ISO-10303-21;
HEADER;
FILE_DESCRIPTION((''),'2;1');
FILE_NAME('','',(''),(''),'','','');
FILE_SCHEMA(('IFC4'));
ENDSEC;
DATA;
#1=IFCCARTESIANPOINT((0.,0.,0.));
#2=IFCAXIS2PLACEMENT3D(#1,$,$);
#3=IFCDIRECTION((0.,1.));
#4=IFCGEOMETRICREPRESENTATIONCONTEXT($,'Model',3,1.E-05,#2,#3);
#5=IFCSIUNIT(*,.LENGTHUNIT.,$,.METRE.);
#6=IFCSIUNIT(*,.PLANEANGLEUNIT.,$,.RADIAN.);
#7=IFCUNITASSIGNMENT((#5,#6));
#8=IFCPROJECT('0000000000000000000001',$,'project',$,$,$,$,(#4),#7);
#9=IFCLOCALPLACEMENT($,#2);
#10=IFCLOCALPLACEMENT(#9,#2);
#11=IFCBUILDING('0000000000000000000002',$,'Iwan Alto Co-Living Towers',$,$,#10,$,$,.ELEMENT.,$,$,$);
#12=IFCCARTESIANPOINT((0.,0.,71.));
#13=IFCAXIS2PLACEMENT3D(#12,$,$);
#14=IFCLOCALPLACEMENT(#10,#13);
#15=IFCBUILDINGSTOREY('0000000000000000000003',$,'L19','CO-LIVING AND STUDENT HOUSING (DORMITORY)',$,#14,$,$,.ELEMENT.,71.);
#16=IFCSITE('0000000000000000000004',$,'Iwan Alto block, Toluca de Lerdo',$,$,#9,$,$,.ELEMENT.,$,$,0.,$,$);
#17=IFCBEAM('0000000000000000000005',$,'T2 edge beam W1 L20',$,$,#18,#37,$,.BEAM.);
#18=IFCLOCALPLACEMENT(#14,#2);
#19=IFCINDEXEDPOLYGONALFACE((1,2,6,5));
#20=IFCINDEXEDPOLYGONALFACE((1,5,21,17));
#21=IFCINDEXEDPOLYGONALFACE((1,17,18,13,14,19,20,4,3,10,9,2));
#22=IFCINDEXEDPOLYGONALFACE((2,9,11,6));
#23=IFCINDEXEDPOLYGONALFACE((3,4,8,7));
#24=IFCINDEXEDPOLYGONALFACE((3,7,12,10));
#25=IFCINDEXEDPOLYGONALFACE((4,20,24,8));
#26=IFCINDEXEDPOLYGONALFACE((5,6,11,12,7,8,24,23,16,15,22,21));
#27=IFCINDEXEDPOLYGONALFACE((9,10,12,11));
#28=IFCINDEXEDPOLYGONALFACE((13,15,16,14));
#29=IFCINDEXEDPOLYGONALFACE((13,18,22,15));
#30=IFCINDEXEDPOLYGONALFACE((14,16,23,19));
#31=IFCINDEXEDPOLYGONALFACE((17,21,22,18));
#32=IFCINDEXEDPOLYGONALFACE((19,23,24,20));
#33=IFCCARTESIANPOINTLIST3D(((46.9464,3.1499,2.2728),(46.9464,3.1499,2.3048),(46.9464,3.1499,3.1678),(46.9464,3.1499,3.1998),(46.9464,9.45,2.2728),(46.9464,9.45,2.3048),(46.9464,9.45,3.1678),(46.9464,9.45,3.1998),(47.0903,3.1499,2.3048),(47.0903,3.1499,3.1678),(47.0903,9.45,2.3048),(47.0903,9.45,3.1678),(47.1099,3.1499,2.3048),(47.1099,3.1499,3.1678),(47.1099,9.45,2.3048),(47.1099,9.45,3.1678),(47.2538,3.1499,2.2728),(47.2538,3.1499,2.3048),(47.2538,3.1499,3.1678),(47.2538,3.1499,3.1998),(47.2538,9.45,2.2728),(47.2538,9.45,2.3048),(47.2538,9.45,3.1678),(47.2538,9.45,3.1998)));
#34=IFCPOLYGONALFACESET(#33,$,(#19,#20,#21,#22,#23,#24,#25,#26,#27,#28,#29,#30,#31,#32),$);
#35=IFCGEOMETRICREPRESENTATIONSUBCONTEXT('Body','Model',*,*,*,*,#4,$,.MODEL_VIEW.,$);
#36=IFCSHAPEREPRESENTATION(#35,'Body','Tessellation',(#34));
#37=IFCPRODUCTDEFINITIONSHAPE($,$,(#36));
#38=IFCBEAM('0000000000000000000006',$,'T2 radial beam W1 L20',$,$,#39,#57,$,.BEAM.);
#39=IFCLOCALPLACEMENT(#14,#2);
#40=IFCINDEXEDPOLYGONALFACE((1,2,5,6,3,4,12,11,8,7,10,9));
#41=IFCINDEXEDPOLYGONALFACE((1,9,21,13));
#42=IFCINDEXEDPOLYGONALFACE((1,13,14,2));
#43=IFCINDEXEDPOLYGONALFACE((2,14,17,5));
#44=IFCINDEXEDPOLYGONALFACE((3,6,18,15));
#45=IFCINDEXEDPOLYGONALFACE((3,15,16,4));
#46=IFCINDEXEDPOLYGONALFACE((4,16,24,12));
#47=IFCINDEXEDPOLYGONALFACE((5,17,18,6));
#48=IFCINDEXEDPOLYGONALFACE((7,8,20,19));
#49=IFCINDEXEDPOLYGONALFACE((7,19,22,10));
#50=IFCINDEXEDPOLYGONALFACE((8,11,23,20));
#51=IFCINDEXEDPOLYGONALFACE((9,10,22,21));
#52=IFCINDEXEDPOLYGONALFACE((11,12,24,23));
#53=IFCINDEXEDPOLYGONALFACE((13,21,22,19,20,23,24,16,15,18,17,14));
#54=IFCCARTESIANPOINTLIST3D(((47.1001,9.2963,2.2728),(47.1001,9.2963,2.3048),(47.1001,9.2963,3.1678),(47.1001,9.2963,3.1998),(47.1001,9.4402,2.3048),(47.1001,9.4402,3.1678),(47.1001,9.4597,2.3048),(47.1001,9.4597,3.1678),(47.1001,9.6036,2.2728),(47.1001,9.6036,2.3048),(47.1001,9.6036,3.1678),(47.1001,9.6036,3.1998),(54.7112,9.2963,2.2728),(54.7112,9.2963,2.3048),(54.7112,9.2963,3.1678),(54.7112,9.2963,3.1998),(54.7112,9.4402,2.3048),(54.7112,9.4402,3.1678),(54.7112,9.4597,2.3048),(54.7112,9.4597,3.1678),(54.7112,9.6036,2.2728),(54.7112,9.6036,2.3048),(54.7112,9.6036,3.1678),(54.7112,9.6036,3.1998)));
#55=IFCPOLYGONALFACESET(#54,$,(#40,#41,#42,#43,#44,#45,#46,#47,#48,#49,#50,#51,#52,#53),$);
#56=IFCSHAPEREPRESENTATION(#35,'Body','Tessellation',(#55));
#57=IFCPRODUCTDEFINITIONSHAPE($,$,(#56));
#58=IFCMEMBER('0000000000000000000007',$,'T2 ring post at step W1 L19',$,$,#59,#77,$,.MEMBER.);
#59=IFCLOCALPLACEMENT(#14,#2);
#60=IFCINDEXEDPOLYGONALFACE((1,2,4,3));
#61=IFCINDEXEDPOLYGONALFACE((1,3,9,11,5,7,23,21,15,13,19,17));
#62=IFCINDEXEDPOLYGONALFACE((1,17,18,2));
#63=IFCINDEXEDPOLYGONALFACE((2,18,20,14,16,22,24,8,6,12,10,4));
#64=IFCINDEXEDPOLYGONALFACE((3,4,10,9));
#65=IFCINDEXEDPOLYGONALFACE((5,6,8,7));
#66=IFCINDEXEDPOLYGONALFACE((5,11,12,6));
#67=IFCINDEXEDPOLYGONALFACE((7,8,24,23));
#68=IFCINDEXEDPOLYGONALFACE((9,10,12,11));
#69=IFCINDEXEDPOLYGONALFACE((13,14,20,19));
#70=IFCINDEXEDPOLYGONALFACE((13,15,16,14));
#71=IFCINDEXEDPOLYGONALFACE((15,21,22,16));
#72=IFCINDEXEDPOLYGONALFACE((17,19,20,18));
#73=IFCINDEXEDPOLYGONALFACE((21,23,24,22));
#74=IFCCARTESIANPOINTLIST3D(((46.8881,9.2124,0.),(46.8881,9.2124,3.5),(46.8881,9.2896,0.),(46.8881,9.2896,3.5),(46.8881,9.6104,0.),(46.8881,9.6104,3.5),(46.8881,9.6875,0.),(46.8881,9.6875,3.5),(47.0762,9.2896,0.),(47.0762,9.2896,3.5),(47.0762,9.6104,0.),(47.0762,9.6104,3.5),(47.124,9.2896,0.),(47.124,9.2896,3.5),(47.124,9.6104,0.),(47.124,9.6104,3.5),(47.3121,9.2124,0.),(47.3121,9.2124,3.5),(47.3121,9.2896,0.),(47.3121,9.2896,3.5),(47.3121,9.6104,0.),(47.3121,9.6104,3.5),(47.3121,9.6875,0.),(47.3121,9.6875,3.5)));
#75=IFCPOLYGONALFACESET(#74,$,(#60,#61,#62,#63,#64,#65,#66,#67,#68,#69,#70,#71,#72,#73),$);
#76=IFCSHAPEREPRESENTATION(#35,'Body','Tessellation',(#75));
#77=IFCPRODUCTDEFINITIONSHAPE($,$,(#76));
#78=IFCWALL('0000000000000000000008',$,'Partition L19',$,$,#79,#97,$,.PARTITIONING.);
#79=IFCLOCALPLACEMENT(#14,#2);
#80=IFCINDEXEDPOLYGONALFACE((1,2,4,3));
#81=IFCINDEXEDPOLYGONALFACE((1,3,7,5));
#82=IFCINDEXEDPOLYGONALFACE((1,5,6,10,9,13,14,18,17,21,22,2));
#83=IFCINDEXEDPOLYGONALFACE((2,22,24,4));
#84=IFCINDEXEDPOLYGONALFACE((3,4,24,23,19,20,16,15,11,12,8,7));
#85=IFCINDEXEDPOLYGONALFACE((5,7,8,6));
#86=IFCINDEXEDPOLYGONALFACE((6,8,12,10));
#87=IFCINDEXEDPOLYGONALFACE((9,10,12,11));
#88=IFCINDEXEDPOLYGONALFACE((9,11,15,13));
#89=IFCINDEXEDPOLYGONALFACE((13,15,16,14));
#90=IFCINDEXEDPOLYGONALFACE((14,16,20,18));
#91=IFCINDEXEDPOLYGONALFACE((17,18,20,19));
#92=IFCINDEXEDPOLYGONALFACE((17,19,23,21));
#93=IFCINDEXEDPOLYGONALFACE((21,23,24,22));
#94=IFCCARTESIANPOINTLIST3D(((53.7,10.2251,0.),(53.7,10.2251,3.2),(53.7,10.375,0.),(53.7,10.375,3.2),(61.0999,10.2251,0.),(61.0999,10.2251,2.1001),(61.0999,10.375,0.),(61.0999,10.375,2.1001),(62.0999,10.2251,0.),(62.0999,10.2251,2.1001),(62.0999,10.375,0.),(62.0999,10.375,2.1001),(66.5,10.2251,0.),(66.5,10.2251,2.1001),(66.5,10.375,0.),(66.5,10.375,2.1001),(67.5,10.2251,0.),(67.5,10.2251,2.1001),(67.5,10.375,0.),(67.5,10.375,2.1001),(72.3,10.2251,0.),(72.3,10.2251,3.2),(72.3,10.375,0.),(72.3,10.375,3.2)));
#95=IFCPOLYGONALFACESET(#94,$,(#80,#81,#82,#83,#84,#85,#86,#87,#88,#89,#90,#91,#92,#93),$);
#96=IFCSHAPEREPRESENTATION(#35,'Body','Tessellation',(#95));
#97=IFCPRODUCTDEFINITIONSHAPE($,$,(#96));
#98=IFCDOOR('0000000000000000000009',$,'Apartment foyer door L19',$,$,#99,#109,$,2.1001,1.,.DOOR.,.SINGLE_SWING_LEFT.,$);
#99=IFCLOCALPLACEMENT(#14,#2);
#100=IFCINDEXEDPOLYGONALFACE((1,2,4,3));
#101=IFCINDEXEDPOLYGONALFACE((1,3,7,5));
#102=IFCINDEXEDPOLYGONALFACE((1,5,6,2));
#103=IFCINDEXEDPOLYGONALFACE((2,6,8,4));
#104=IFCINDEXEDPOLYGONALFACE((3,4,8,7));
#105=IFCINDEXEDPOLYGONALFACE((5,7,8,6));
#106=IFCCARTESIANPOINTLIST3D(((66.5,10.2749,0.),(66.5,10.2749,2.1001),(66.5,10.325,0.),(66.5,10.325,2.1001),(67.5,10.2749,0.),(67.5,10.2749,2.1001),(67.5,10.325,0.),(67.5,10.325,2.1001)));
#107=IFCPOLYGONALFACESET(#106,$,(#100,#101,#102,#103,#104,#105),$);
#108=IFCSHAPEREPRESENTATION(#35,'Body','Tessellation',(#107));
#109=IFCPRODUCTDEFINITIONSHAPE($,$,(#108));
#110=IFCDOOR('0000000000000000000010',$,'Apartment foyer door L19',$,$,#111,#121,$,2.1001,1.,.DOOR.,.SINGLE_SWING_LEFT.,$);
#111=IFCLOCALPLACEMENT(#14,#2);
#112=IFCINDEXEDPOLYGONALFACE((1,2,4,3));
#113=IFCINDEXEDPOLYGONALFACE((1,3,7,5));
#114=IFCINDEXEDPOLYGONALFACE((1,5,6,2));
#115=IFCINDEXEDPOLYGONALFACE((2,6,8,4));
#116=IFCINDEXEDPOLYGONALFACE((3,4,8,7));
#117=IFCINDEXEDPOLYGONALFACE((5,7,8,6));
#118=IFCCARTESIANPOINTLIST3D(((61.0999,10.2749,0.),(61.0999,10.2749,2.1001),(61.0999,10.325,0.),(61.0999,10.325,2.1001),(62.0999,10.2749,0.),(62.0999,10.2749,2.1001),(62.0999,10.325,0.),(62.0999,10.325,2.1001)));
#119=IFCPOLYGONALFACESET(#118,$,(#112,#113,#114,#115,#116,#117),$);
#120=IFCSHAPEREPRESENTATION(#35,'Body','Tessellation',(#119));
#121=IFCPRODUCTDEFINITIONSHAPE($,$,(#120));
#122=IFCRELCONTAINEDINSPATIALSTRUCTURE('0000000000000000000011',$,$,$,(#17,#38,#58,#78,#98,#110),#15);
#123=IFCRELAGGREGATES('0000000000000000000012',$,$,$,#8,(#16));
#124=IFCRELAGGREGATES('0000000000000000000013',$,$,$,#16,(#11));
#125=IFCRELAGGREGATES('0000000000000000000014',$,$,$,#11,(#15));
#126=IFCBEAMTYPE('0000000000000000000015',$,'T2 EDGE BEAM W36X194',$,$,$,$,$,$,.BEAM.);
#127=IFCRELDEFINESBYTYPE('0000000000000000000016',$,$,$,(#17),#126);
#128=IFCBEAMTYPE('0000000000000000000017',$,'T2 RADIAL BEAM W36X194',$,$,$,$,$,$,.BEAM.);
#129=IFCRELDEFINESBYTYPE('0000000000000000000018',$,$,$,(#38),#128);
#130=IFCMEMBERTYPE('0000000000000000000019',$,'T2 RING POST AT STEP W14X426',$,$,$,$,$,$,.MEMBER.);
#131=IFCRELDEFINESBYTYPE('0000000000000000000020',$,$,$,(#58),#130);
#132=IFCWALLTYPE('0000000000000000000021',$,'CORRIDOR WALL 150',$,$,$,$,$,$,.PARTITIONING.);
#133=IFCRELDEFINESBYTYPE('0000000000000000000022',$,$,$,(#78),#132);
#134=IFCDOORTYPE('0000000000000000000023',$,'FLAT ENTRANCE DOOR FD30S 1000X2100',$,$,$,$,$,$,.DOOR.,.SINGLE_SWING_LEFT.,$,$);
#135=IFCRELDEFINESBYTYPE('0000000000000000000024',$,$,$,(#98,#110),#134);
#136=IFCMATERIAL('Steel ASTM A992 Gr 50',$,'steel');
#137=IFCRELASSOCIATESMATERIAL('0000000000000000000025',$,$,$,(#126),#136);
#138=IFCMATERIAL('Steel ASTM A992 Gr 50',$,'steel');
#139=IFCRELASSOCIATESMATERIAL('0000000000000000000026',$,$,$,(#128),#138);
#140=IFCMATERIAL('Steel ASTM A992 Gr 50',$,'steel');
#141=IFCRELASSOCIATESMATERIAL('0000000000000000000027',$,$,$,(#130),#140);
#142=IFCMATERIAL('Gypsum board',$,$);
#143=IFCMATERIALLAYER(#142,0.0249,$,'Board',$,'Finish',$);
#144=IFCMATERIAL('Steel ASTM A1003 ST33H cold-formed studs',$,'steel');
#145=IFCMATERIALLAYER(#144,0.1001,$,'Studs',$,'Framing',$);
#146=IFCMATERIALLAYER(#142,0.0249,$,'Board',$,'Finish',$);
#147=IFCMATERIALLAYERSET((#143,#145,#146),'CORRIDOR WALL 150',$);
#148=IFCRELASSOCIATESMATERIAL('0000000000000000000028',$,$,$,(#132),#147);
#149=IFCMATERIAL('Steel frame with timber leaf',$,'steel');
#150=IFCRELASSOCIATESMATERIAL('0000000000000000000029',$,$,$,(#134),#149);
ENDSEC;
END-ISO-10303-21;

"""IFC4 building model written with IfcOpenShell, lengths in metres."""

from ifc_helpers import new_model, si_unit, direction, frame, frame_2d, origin, origin_2d, place, context, subcontext, project, spatial, rectangle, i_section, extrude, material, layer, layer_set, material_profile, profile_set, type_object, element, fill, save


model = new_model("IFC4")

# Units and contexts
model_context = context("Model", 3, precision=1e-05, world=origin(), true_north=direction((0.0, 1.0)))
body_context = subcontext(model_context, "Body", "Model", "MODEL_VIEW")
ifc_project = project(units=[si_unit("LENGTHUNIT", "METRE"), si_unit("PLANEANGLEUNIT", "RADIAN")], contexts=[model_context])

# Site, building, storey
site_placement = place(None, origin())
site = spatial("IfcSite", under=ifc_project, at=site_placement, Name="Iwan Alto block, Toluca de Lerdo", CompositionType="ELEMENT", RefElevation=0.0)
building_placement = place(site_placement, origin())
building = spatial("IfcBuilding", under=site, at=building_placement, Name="Iwan Alto Co-Living Towers", CompositionType="ELEMENT")
storey_placement = place(building_placement, frame((0.0, 0.0, 71.0)))
storey = spatial("IfcBuildingStorey", under=building, at=storey_placement, Name="L19", Description="CO-LIVING AND STUDENT HOUSING (DORMITORY)", CompositionType="ELEMENT", Elevation=71.0)

# Beams
ifc_material_1 = material(Name="Steel ASTM A992 Gr 50", Category="steel")
ifc_material_profile_1 = material_profile(ifc_material_1, i_section(OverallWidth=0.3074, OverallDepth=0.927, WebThickness=0.0195, FlangeThickness=0.032, at=origin_2d()), Name="W36X194")
ifc_profile_set_1 = profile_set([ifc_material_profile_1], Name="Steel ASTM A992 Gr 50")
beam_type_1 = type_object("IfcBeamType", Name="T2 EDGE BEAM W36X194", PredefinedType="BEAM", material=ifc_profile_set_1)
beam_1_placement = place(storey_placement, frame((47.1001, 9.45, 2.7363), z_axis=(0.0, -1.0, 0.0), x_axis=(1.0, 0.0, 0.0)))
element("IfcBeam", 1, at=beam_1_placement, inside=storey, type_object=beam_type_1, Name="T2 edge beam W1 L20", PredefinedType="BEAM", context=body_context, shape_type="SweptSolid", body=[
    extrude(i_section(OverallWidth=0.3074, OverallDepth=0.927, WebThickness=0.0195, FlangeThickness=0.032, at=origin_2d()), origin(), (0.0, 0.0, 1.0), 6.3),
])
ifc_material_2 = material(Name="Steel ASTM A992 Gr 50", Category="steel")
ifc_material_profile_2 = material_profile(ifc_material_2, i_section(OverallWidth=0.3074, OverallDepth=0.927, WebThickness=0.0195, FlangeThickness=0.032, at=origin_2d()), Name="W36X194")
ifc_profile_set_2 = profile_set([ifc_material_profile_2], Name="Steel ASTM A992 Gr 50")
beam_type_2 = type_object("IfcBeamType", Name="T2 RADIAL BEAM W36X194", PredefinedType="BEAM", material=ifc_profile_set_2)
beam_2_placement = place(storey_placement, frame((47.1001, 9.45, 2.7363), z_axis=(1.0, 0.0, 0.0), x_axis=(0.0, 1.0, 0.0)))
element("IfcBeam", 2, at=beam_2_placement, inside=storey, type_object=beam_type_2, Name="T2 radial beam W1 L20", PredefinedType="BEAM", context=body_context, shape_type="SweptSolid", body=[
    extrude(i_section(OverallWidth=0.3074, OverallDepth=0.927, WebThickness=0.0195, FlangeThickness=0.032, at=origin_2d()), origin(), (0.0, 0.0, 1.0), 7.6111),
])

# Member
ifc_material_3 = material(Name="Steel ASTM A992 Gr 50", Category="steel")
ifc_material_profile_3 = material_profile(ifc_material_3, i_section(OverallWidth=0.4241, OverallDepth=0.4751, WebThickness=0.0479, FlangeThickness=0.0771, at=origin_2d()), Name="W14X426")
ifc_profile_set_3 = profile_set([ifc_material_profile_3], Name="Steel ASTM A992 Gr 50")
member_type = type_object("IfcMemberType", Name="T2 RING POST AT STEP W14X426", PredefinedType="MEMBER", material=ifc_profile_set_3)
member_placement = place(storey_placement, frame((47.1001, 9.45, 0.0), z_axis=(0.0, 0.0, 1.0), x_axis=(1.0, 0.0, 0.0)))
element("IfcMember", 3, at=member_placement, inside=storey, type_object=member_type, Name="T2 ring post at step W1 L19", PredefinedType="MEMBER", context=body_context, shape_type="SweptSolid", body=[
    extrude(i_section(OverallWidth=0.4241, OverallDepth=0.4751, WebThickness=0.0479, FlangeThickness=0.0771, at=origin_2d()), origin(), (0.0, 0.0, 1.0), 3.5),
])

# Wall, openings, doors
ifc_material_4 = material(Name="Gypsum board")
ifc_layer_1 = layer(ifc_material_4, 0.0249, Name="Board", Category="Finish")
ifc_material_5 = material(Name="Steel ASTM A1003 ST33H cold-formed studs", Category="steel")
ifc_layer_2 = layer(ifc_material_5, 0.1001, Name="Studs", Category="Framing")
ifc_layer_3 = layer(ifc_material_4, 0.0249, Name="Board", Category="Finish")
ifc_layer_set_1 = layer_set([ifc_layer_1, ifc_layer_2, ifc_layer_3], Name="CORRIDOR WALL 150")
wall_type_1 = type_object("IfcWallType", Name="CORRIDOR WALL 150", PredefinedType="PARTITIONING", material=ifc_layer_set_1)
wall_1_placement = place(storey_placement, frame((53.7, 10.3, 0.0), z_axis=(0.0, 0.0, 1.0), x_axis=(1.0, 0.0, 0.0)))
wall_1 = element("IfcWall", 4, at=wall_1_placement, inside=storey, type_object=wall_type_1, Name="Partition L19", PredefinedType="PARTITIONING", context=body_context, shape_type="SweptSolid", body=[
    extrude(rectangle(XDim=18.6001, YDim=0.1499, at=frame_2d((9.3, 0.0))), origin(), (0.0, 0.0, 1.0), 3.2),
])
opening_1_placement = place(wall_1_placement, frame((12.8, 0.0, 0.0)))
opening_1 = element("IfcOpeningElement", 5, at=opening_1_placement, cuts=wall_1, PredefinedType="OPENING", context=body_context, shape_type="SweptSolid", body=[
    extrude(rectangle(XDim=1.0, YDim=2.1001, at=frame_2d((0.5, 1.05))), frame((0.0, 0.085, 0.0), z_axis=(0.0, -1.0, 0.0), x_axis=(1.0, 0.0, 0.0)), (0.0, 0.0, 1.0), 0.1699),
])
opening_2_placement = place(wall_1_placement, frame((7.3999, 0.0, 0.0)))
opening_2 = element("IfcOpeningElement", 6, at=opening_2_placement, cuts=wall_1, PredefinedType="OPENING", context=body_context, shape_type="SweptSolid", body=[
    extrude(rectangle(XDim=1.0, YDim=2.1001, at=frame_2d((0.5, 1.05))), frame((0.0, 0.085, 0.0), z_axis=(0.0, -1.0, 0.0), x_axis=(1.0, 0.0, 0.0)), (0.0, 0.0, 1.0), 0.1699),
])
ifc_material_6 = material(Name="Steel frame with timber leaf", Category="steel")
door_type_1 = type_object("IfcDoorType", Name="FLAT ENTRANCE DOOR FD30S 1000X2100", OperationType="SINGLE_SWING_LEFT", PredefinedType="DOOR", material=ifc_material_6)
door_1_placement = place(opening_1_placement, origin())
door_1 = element("IfcDoor", 7, at=door_1_placement, inside=storey, type_object=door_type_1, Name="Apartment foyer door L19", OperationType="SINGLE_SWING_LEFT", OverallHeight=2.1001, OverallWidth=1.0, PredefinedType="DOOR", context=body_context, shape_type="SweptSolid", body=[
    extrude(rectangle(XDim=1.0, YDim=2.1001, at=frame_2d((0.5, 1.05))), frame((0.0, 0.0249, 0.0), z_axis=(0.0, -1.0, 0.0), x_axis=(1.0, 0.0, 0.0)), (0.0, 0.0, 1.0), 0.05),
])
fill(opening_1, door_1)
door_2_placement = place(opening_2_placement, origin())
door_2 = element("IfcDoor", 8, at=door_2_placement, inside=storey, type_object=door_type_1, Name="Apartment foyer door L19", OperationType="SINGLE_SWING_LEFT", OverallHeight=2.1001, OverallWidth=1.0, PredefinedType="DOOR", context=body_context, shape_type="SweptSolid", body=[
    extrude(rectangle(XDim=1.0, YDim=2.1001, at=frame_2d((0.5, 1.05))), frame((0.0, 0.0249, 0.0), z_axis=(0.0, -1.0, 0.0), x_axis=(1.0, 0.0, 0.0)), (0.0, 0.0, 1.0), 0.05),
])
fill(opening_2, door_2)

save(model, "model.ifc")
